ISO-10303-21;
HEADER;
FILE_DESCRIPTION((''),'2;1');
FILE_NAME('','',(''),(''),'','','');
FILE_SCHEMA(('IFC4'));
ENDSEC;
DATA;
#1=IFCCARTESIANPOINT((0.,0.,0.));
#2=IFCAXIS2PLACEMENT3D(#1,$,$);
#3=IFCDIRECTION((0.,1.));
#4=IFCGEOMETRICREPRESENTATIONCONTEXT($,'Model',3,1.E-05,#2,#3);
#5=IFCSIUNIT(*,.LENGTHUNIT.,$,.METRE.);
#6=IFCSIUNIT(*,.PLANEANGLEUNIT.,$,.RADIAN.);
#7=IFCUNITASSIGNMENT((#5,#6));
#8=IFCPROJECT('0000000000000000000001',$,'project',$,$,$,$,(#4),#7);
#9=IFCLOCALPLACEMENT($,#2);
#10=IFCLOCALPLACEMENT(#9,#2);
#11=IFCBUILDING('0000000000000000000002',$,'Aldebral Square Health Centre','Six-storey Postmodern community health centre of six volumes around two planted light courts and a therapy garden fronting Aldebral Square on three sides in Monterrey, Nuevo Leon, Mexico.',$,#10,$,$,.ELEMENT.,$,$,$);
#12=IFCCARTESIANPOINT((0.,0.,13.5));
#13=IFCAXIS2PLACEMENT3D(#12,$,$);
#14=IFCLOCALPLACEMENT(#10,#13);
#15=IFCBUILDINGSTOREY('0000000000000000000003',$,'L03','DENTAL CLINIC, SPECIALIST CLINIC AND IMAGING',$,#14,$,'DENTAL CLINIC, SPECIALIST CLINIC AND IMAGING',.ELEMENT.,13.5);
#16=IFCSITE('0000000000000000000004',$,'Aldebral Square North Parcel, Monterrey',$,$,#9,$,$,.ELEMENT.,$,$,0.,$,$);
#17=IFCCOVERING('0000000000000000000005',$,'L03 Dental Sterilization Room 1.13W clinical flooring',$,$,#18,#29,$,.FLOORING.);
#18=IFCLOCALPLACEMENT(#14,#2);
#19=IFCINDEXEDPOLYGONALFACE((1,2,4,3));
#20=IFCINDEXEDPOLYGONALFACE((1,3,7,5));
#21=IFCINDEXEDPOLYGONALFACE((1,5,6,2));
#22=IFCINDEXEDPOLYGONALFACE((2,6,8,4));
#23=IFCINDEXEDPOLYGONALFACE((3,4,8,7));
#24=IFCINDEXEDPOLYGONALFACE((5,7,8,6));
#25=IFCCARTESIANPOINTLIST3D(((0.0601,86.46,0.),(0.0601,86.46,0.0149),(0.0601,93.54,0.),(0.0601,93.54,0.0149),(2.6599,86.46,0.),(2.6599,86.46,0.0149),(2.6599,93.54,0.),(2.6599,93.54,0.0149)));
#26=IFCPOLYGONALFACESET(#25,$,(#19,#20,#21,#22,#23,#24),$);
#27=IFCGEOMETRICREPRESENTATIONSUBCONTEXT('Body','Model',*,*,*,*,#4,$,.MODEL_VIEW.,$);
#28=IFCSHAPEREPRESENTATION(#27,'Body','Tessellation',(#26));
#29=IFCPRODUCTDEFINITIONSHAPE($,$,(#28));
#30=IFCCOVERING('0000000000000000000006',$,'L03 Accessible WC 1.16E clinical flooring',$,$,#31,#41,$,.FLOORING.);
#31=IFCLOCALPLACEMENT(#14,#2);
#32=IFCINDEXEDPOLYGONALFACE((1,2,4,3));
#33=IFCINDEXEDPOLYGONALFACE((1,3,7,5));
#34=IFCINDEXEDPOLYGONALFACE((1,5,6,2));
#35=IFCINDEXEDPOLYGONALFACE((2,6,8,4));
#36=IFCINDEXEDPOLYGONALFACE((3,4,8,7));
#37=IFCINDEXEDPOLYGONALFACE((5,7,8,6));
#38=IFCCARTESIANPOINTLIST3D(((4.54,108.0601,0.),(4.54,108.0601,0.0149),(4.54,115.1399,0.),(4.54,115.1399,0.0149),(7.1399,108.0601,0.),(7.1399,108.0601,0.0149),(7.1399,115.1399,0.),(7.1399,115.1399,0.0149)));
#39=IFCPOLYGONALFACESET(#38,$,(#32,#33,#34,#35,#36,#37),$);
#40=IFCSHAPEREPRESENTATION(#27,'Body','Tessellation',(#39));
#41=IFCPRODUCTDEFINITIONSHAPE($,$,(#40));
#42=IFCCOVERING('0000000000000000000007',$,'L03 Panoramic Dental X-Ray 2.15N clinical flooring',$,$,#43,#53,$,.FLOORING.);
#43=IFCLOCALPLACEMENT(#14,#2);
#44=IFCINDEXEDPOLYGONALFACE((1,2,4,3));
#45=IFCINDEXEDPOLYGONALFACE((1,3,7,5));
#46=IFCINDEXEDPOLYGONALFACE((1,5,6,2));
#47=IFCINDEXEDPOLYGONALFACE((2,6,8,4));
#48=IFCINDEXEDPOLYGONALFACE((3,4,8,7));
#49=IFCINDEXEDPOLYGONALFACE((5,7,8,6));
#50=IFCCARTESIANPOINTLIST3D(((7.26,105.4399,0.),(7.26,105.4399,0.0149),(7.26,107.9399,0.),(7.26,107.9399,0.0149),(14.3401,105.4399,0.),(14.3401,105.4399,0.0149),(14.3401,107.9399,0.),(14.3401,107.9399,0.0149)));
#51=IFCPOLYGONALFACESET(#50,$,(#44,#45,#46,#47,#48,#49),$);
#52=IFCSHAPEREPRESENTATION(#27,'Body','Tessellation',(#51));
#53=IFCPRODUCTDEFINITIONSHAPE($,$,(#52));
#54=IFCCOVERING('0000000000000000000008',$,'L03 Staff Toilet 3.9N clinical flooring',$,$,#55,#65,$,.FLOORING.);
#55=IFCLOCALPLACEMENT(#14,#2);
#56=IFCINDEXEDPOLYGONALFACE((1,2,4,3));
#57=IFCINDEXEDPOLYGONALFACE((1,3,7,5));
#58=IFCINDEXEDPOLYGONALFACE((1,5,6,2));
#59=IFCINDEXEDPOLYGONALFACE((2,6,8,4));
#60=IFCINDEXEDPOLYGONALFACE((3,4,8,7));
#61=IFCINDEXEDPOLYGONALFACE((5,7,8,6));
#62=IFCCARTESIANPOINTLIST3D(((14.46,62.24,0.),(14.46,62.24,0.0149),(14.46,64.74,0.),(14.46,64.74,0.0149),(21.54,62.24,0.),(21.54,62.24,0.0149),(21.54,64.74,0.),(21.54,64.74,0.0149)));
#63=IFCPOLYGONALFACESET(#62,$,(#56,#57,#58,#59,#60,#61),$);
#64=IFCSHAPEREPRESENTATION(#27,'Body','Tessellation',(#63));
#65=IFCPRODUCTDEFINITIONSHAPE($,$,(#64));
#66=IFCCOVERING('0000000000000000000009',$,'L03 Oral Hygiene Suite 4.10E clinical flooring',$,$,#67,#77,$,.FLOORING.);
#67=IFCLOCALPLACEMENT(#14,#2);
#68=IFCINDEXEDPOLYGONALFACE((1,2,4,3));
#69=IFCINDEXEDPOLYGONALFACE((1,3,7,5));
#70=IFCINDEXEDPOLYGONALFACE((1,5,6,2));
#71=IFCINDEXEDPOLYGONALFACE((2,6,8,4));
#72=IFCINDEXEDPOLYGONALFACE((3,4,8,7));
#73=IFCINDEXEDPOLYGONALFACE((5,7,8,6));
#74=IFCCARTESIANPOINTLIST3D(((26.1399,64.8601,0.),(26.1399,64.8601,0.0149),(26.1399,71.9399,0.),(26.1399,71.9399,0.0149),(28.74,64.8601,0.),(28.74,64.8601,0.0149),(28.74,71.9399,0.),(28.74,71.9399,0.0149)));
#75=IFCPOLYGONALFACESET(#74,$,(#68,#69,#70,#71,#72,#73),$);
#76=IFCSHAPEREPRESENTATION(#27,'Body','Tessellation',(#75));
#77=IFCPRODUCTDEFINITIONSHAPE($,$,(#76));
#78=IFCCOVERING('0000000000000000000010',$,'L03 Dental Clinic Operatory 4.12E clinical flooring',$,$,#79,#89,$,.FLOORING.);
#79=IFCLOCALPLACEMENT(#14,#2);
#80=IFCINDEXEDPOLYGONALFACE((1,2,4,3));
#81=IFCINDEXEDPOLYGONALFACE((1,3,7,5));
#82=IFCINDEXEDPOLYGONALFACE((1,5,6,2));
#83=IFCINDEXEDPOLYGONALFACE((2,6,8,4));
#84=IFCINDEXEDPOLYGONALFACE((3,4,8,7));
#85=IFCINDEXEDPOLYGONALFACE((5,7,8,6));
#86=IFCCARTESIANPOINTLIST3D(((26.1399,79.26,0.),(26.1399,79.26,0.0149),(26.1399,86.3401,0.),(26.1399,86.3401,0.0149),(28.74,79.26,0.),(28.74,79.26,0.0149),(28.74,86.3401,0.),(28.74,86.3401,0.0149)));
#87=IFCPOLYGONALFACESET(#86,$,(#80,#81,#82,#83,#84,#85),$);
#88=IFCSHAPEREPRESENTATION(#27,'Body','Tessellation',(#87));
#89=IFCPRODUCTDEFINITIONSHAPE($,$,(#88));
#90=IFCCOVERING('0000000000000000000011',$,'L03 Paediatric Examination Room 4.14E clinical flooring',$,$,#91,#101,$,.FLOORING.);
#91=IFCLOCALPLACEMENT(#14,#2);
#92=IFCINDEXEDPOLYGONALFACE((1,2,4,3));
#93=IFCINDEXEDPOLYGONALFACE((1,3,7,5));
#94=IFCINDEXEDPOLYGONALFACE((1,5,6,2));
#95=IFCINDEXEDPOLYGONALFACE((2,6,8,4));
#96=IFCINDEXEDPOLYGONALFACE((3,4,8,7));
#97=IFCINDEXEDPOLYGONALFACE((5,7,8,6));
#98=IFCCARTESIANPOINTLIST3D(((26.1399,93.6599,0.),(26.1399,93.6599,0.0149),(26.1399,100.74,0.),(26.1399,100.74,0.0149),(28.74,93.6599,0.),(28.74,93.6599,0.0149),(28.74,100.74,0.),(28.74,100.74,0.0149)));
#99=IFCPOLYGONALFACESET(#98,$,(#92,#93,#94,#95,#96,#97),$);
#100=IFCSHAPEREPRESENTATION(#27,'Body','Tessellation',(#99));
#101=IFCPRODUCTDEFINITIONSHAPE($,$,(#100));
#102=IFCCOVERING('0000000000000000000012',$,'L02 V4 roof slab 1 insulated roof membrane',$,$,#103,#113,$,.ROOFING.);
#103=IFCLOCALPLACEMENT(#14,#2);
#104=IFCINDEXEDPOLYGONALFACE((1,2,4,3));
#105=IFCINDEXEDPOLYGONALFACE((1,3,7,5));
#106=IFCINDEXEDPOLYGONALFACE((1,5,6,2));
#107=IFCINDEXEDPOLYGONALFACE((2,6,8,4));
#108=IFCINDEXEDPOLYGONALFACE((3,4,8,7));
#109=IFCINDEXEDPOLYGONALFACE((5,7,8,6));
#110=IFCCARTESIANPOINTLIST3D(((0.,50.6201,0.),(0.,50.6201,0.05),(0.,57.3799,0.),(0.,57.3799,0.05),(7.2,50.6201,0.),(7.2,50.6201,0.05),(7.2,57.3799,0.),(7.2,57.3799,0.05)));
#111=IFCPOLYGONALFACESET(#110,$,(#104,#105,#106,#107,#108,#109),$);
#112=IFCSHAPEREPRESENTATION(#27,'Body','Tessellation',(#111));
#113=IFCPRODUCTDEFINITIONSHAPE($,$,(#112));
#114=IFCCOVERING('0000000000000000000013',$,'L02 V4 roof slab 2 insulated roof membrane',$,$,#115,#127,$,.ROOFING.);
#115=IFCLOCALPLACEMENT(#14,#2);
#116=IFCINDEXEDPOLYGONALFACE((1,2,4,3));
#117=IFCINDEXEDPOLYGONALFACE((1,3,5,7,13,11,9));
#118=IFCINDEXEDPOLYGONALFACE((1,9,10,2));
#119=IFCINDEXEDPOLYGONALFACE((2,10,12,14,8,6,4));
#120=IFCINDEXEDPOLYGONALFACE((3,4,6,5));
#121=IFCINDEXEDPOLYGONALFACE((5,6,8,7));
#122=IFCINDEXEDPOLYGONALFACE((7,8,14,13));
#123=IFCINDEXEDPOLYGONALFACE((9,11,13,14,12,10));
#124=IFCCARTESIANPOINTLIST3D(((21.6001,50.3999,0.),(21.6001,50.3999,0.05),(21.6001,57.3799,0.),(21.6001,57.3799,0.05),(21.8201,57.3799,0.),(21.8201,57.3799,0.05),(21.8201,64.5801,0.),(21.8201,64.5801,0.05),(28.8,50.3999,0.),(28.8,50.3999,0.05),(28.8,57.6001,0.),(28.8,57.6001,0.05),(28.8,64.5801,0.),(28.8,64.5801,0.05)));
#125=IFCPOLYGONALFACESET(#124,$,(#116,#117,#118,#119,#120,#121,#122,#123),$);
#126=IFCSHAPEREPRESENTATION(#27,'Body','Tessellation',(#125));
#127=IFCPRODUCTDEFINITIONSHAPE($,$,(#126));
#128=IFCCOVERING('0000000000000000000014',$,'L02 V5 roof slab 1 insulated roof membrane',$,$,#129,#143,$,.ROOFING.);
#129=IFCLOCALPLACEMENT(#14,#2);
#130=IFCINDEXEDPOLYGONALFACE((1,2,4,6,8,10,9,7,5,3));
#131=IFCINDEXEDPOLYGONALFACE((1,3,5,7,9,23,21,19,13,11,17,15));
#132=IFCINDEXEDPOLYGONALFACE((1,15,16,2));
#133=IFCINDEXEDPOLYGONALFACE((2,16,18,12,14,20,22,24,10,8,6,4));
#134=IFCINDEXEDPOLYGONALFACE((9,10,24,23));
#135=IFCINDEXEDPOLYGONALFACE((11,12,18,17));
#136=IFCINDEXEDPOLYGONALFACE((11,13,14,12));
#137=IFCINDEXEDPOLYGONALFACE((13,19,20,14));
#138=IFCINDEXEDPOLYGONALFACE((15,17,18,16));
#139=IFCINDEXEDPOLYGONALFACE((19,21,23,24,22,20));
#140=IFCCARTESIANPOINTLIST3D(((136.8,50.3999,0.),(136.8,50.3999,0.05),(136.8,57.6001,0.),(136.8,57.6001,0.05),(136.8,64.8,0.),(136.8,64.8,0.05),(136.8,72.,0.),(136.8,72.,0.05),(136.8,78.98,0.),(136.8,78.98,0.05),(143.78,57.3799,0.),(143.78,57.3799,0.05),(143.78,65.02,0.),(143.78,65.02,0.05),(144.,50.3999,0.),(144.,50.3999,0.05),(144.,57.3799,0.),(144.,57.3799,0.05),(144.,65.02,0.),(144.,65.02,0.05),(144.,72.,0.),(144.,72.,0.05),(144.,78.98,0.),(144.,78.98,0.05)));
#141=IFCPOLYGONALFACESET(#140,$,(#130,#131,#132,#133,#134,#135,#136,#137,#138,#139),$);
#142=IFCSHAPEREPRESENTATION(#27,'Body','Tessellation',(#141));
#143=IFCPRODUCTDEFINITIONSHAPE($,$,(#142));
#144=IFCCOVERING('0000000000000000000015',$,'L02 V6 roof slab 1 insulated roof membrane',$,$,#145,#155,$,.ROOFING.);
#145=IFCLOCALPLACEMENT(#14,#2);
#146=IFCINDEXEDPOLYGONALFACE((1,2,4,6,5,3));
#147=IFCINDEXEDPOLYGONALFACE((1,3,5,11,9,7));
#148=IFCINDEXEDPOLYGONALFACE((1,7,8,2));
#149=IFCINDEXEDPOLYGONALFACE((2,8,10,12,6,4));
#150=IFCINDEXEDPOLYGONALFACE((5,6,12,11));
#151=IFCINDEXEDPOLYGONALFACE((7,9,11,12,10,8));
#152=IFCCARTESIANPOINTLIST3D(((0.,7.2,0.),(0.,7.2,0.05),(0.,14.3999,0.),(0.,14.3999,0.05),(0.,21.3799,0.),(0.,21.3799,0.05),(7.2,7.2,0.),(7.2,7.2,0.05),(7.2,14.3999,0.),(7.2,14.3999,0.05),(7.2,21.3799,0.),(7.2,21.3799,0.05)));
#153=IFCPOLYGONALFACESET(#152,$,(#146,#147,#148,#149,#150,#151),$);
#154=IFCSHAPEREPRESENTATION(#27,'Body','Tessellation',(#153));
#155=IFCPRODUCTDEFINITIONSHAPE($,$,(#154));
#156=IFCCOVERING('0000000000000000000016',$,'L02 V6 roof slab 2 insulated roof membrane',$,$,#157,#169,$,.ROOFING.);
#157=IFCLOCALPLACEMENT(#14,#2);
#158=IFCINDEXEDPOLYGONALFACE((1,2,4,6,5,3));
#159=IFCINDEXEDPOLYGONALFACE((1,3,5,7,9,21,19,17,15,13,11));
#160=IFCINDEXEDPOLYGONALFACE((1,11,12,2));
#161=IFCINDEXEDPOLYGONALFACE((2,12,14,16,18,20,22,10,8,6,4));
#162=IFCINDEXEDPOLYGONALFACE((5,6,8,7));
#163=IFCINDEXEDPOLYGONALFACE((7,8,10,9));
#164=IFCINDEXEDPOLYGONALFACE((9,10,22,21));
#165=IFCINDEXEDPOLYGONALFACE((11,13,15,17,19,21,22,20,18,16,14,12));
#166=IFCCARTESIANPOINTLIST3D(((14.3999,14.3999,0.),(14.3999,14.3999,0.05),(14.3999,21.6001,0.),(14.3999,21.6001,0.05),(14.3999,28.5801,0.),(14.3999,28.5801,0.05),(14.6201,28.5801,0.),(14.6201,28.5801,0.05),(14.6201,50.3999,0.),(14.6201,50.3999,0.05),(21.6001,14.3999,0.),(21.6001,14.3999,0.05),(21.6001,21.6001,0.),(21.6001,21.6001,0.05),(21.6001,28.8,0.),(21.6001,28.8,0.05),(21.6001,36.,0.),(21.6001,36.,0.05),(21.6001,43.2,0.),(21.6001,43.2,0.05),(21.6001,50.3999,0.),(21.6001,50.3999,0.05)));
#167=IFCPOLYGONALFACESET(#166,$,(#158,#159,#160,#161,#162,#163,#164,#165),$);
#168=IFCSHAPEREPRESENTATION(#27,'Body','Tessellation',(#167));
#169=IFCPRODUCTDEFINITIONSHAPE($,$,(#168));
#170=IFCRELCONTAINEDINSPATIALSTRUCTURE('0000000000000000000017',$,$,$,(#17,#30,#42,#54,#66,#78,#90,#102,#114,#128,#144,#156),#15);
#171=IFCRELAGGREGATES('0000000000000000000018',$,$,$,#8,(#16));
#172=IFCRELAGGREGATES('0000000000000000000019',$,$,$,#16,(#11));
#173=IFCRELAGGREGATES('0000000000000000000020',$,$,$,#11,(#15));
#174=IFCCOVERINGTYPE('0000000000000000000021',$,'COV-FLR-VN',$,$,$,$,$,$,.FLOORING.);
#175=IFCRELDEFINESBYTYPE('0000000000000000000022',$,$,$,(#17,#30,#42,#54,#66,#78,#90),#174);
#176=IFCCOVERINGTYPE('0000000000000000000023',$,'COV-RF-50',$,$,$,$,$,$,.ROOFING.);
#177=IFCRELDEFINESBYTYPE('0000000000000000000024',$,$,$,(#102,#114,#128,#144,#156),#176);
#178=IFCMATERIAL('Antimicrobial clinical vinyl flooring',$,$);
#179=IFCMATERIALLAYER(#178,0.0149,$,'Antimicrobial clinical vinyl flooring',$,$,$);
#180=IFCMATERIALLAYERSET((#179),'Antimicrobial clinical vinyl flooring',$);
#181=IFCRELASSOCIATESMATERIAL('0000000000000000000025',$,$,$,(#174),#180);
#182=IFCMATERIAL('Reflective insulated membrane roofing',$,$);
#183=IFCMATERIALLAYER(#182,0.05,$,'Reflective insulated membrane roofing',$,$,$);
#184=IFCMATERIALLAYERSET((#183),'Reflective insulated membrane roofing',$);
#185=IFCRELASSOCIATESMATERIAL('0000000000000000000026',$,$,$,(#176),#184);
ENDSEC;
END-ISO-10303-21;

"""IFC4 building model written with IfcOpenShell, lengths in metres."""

from ifc_helpers import new_model, si_unit, direction, frame, origin, place, context, subcontext, project, spatial, polyline, outline, extrude, material, layer, layer_set, type_object, element, save


model = new_model("IFC4")

# Units and contexts
model_context = context("Model", 3, precision=1e-05, world=origin(), true_north=direction((0.0, 1.0)))
body_context = subcontext(model_context, "Body", "Model", "MODEL_VIEW")
ifc_project = project(units=[si_unit("LENGTHUNIT", "METRE"), si_unit("PLANEANGLEUNIT", "RADIAN")], contexts=[model_context])

# Site, building, storey
site_placement = place(None, origin())
site = spatial("IfcSite", under=ifc_project, at=site_placement, Name="Aldebral Square North Parcel, Monterrey", CompositionType="ELEMENT", RefElevation=0.0)
building_placement = place(site_placement, origin())
building = spatial("IfcBuilding", under=site, at=building_placement, Name="Aldebral Square Health Centre", Description="Six-storey Postmodern community health centre of six volumes around two planted light courts and a therapy garden fronting Aldebral Square on three sides in Monterrey, Nuevo Leon, Mexico.", CompositionType="ELEMENT")
storey_placement = place(building_placement, frame((0.0, 0.0, 13.5)))
storey = spatial("IfcBuildingStorey", under=building, at=storey_placement, Name="L03", Description="DENTAL CLINIC, SPECIALIST CLINIC AND IMAGING", LongName="DENTAL CLINIC, SPECIALIST CLINIC AND IMAGING", CompositionType="ELEMENT", Elevation=13.5)

# Coverings
ifc_material_1 = material(Name="Antimicrobial clinical vinyl flooring")
ifc_layer_1 = layer(ifc_material_1, 0.0149, Name="Antimicrobial clinical vinyl flooring")
ifc_layer_set_1 = layer_set([ifc_layer_1], Name="Antimicrobial clinical vinyl flooring")
covering_type_1 = type_object("IfcCoveringType", Name="COV-FLR-VN", PredefinedType="FLOORING", material=ifc_layer_set_1)
covering_1_placement = place(storey_placement, origin())
element("IfcCovering", 1, at=covering_1_placement, inside=storey, type_object=covering_type_1, Name="L03 Dental Sterilization Room 1.13W clinical flooring", PredefinedType="FLOORING", context=body_context, shape_type="SweptSolid", body=[
    extrude(outline(polyline([(0.0601, 86.46), (2.6599, 86.46), (2.6599, 93.54), (0.0601, 93.54), (0.0601, 86.46)])), origin(), (0.0, 0.0, 1.0), 0.0149),
])
covering_2_placement = place(storey_placement, origin())
element("IfcCovering", 2, at=covering_2_placement, inside=storey, type_object=covering_type_1, Name="L03 Accessible WC 1.16E clinical flooring", PredefinedType="FLOORING", context=body_context, shape_type="SweptSolid", body=[
    extrude(outline(polyline([(4.54, 108.0601), (7.1399, 108.0601), (7.1399, 115.1399), (4.54, 115.1399), (4.54, 108.0601)])), origin(), (0.0, 0.0, 1.0), 0.0149),
])
covering_3_placement = place(storey_placement, origin())
element("IfcCovering", 3, at=covering_3_placement, inside=storey, type_object=covering_type_1, Name="L03 Panoramic Dental X-Ray 2.15N clinical flooring", PredefinedType="FLOORING", context=body_context, shape_type="SweptSolid", body=[
    extrude(outline(polyline([(7.26, 105.4399), (14.3401, 105.4399), (14.3401, 107.9399), (7.26, 107.9399), (7.26, 105.4399)])), origin(), (0.0, 0.0, 1.0), 0.0149),
])
covering_4_placement = place(storey_placement, origin())
element("IfcCovering", 4, at=covering_4_placement, inside=storey, type_object=covering_type_1, Name="L03 Staff Toilet 3.9N clinical flooring", PredefinedType="FLOORING", context=body_context, shape_type="SweptSolid", body=[
    extrude(outline(polyline([(14.46, 62.24), (21.54, 62.24), (21.54, 64.74), (14.46, 64.74), (14.46, 62.24)])), origin(), (0.0, 0.0, 1.0), 0.0149),
])
covering_5_placement = place(storey_placement, origin())
element("IfcCovering", 5, at=covering_5_placement, inside=storey, type_object=covering_type_1, Name="L03 Oral Hygiene Suite 4.10E clinical flooring", PredefinedType="FLOORING", context=body_context, shape_type="SweptSolid", body=[
    extrude(outline(polyline([(26.1399, 64.8601), (28.74, 64.8601), (28.74, 71.9399), (26.1399, 71.9399), (26.1399, 64.8601)])), origin(), (0.0, 0.0, 1.0), 0.0149),
])
covering_6_placement = place(storey_placement, origin())
element("IfcCovering", 6, at=covering_6_placement, inside=storey, type_object=covering_type_1, Name="L03 Dental Clinic Operatory 4.12E clinical flooring", PredefinedType="FLOORING", context=body_context, shape_type="SweptSolid", body=[
    extrude(outline(polyline([(26.1399, 79.26), (28.74, 79.26), (28.74, 86.3401), (26.1399, 86.3401), (26.1399, 79.26)])), origin(), (0.0, 0.0, 1.0), 0.0149),
])
covering_7_placement = place(storey_placement, origin())
element("IfcCovering", 7, at=covering_7_placement, inside=storey, type_object=covering_type_1, Name="L03 Paediatric Examination Room 4.14E clinical flooring", PredefinedType="FLOORING", context=body_context, shape_type="SweptSolid", body=[
    extrude(outline(polyline([(26.1399, 93.6599), (28.74, 93.6599), (28.74, 100.74), (26.1399, 100.74), (26.1399, 93.6599)])), origin(), (0.0, 0.0, 1.0), 0.0149),
])
ifc_material_2 = material(Name="Reflective insulated membrane roofing")
ifc_layer_2 = layer(ifc_material_2, 0.05, Name="Reflective insulated membrane roofing")
ifc_layer_set_2 = layer_set([ifc_layer_2], Name="Reflective insulated membrane roofing")
covering_type_2 = type_object("IfcCoveringType", Name="COV-RF-50", PredefinedType="ROOFING", material=ifc_layer_set_2)
covering_8_placement = place(storey_placement, origin())
element("IfcCovering", 8, at=covering_8_placement, inside=storey, type_object=covering_type_2, Name="L02 V4 roof slab 1 insulated roof membrane", PredefinedType="ROOFING", context=body_context, shape_type="SweptSolid", body=[
    extrude(outline(polyline([(0.0, 57.3799), (7.2, 57.3799), (7.2, 50.6201), (0.0, 50.6201), (0.0, 57.3799)])), origin(), (0.0, 0.0, 1.0), 0.05),
])
covering_9_placement = place(storey_placement, origin())
element("IfcCovering", 9, at=covering_9_placement, inside=storey, type_object=covering_type_2, Name="L02 V4 roof slab 2 insulated roof membrane", PredefinedType="ROOFING", context=body_context, shape_type="SweptSolid", body=[
    extrude(outline(polyline([(21.6001, 57.3799), (21.8201, 57.3799), (21.8201, 64.5801), (28.8, 64.5801), (28.8, 57.6001), (28.8, 50.3999), (21.6001, 50.3999), (21.6001, 57.3799)])), origin(), (0.0, 0.0, 1.0), 0.05),
])
covering_10_placement = place(storey_placement, origin())
element("IfcCovering", 10, at=covering_10_placement, inside=storey, type_object=covering_type_2, Name="L02 V5 roof slab 1 insulated roof membrane", PredefinedType="ROOFING", context=body_context, shape_type="SweptSolid", body=[
    extrude(outline(polyline([(136.8, 57.6001), (136.8, 64.8), (136.8, 72.0), (136.8, 78.98), (144.0, 78.98), (144.0, 72.0), (144.0, 65.02), (143.78, 65.02), (143.78, 57.3799), (144.0, 57.3799), (144.0, 50.3999), (136.8, 50.3999), (136.8, 57.6001)])), origin(), (0.0, 0.0, 1.0), 0.05),
])
covering_11_placement = place(storey_placement, origin())
element("IfcCovering", 11, at=covering_11_placement, inside=storey, type_object=covering_type_2, Name="L02 V6 roof slab 1 insulated roof membrane", PredefinedType="ROOFING", context=body_context, shape_type="SweptSolid", body=[
    extrude(outline(polyline([(0.0, 14.3999), (0.0, 21.3799), (7.2, 21.3799), (7.2, 14.3999), (7.2, 7.2), (0.0, 7.2), (0.0, 14.3999)])), origin(), (0.0, 0.0, 1.0), 0.05),
])
covering_12_placement = place(storey_placement, origin())
element("IfcCovering", 12, at=covering_12_placement, inside=storey, type_object=covering_type_2, Name="L02 V6 roof slab 2 insulated roof membrane", PredefinedType="ROOFING", context=body_context, shape_type="SweptSolid", body=[
    extrude(outline(polyline([(14.3999, 14.3999), (14.3999, 21.6001), (14.3999, 28.5801), (14.6201, 28.5801), (14.6201, 50.3999), (21.6001, 50.3999), (21.6001, 43.2), (21.6001, 36.0), (21.6001, 28.8), (21.6001, 21.6001), (21.6001, 14.3999), (14.3999, 14.3999)])), origin(), (0.0, 0.0, 1.0), 0.05),
])

save(model, "model.ifc")
